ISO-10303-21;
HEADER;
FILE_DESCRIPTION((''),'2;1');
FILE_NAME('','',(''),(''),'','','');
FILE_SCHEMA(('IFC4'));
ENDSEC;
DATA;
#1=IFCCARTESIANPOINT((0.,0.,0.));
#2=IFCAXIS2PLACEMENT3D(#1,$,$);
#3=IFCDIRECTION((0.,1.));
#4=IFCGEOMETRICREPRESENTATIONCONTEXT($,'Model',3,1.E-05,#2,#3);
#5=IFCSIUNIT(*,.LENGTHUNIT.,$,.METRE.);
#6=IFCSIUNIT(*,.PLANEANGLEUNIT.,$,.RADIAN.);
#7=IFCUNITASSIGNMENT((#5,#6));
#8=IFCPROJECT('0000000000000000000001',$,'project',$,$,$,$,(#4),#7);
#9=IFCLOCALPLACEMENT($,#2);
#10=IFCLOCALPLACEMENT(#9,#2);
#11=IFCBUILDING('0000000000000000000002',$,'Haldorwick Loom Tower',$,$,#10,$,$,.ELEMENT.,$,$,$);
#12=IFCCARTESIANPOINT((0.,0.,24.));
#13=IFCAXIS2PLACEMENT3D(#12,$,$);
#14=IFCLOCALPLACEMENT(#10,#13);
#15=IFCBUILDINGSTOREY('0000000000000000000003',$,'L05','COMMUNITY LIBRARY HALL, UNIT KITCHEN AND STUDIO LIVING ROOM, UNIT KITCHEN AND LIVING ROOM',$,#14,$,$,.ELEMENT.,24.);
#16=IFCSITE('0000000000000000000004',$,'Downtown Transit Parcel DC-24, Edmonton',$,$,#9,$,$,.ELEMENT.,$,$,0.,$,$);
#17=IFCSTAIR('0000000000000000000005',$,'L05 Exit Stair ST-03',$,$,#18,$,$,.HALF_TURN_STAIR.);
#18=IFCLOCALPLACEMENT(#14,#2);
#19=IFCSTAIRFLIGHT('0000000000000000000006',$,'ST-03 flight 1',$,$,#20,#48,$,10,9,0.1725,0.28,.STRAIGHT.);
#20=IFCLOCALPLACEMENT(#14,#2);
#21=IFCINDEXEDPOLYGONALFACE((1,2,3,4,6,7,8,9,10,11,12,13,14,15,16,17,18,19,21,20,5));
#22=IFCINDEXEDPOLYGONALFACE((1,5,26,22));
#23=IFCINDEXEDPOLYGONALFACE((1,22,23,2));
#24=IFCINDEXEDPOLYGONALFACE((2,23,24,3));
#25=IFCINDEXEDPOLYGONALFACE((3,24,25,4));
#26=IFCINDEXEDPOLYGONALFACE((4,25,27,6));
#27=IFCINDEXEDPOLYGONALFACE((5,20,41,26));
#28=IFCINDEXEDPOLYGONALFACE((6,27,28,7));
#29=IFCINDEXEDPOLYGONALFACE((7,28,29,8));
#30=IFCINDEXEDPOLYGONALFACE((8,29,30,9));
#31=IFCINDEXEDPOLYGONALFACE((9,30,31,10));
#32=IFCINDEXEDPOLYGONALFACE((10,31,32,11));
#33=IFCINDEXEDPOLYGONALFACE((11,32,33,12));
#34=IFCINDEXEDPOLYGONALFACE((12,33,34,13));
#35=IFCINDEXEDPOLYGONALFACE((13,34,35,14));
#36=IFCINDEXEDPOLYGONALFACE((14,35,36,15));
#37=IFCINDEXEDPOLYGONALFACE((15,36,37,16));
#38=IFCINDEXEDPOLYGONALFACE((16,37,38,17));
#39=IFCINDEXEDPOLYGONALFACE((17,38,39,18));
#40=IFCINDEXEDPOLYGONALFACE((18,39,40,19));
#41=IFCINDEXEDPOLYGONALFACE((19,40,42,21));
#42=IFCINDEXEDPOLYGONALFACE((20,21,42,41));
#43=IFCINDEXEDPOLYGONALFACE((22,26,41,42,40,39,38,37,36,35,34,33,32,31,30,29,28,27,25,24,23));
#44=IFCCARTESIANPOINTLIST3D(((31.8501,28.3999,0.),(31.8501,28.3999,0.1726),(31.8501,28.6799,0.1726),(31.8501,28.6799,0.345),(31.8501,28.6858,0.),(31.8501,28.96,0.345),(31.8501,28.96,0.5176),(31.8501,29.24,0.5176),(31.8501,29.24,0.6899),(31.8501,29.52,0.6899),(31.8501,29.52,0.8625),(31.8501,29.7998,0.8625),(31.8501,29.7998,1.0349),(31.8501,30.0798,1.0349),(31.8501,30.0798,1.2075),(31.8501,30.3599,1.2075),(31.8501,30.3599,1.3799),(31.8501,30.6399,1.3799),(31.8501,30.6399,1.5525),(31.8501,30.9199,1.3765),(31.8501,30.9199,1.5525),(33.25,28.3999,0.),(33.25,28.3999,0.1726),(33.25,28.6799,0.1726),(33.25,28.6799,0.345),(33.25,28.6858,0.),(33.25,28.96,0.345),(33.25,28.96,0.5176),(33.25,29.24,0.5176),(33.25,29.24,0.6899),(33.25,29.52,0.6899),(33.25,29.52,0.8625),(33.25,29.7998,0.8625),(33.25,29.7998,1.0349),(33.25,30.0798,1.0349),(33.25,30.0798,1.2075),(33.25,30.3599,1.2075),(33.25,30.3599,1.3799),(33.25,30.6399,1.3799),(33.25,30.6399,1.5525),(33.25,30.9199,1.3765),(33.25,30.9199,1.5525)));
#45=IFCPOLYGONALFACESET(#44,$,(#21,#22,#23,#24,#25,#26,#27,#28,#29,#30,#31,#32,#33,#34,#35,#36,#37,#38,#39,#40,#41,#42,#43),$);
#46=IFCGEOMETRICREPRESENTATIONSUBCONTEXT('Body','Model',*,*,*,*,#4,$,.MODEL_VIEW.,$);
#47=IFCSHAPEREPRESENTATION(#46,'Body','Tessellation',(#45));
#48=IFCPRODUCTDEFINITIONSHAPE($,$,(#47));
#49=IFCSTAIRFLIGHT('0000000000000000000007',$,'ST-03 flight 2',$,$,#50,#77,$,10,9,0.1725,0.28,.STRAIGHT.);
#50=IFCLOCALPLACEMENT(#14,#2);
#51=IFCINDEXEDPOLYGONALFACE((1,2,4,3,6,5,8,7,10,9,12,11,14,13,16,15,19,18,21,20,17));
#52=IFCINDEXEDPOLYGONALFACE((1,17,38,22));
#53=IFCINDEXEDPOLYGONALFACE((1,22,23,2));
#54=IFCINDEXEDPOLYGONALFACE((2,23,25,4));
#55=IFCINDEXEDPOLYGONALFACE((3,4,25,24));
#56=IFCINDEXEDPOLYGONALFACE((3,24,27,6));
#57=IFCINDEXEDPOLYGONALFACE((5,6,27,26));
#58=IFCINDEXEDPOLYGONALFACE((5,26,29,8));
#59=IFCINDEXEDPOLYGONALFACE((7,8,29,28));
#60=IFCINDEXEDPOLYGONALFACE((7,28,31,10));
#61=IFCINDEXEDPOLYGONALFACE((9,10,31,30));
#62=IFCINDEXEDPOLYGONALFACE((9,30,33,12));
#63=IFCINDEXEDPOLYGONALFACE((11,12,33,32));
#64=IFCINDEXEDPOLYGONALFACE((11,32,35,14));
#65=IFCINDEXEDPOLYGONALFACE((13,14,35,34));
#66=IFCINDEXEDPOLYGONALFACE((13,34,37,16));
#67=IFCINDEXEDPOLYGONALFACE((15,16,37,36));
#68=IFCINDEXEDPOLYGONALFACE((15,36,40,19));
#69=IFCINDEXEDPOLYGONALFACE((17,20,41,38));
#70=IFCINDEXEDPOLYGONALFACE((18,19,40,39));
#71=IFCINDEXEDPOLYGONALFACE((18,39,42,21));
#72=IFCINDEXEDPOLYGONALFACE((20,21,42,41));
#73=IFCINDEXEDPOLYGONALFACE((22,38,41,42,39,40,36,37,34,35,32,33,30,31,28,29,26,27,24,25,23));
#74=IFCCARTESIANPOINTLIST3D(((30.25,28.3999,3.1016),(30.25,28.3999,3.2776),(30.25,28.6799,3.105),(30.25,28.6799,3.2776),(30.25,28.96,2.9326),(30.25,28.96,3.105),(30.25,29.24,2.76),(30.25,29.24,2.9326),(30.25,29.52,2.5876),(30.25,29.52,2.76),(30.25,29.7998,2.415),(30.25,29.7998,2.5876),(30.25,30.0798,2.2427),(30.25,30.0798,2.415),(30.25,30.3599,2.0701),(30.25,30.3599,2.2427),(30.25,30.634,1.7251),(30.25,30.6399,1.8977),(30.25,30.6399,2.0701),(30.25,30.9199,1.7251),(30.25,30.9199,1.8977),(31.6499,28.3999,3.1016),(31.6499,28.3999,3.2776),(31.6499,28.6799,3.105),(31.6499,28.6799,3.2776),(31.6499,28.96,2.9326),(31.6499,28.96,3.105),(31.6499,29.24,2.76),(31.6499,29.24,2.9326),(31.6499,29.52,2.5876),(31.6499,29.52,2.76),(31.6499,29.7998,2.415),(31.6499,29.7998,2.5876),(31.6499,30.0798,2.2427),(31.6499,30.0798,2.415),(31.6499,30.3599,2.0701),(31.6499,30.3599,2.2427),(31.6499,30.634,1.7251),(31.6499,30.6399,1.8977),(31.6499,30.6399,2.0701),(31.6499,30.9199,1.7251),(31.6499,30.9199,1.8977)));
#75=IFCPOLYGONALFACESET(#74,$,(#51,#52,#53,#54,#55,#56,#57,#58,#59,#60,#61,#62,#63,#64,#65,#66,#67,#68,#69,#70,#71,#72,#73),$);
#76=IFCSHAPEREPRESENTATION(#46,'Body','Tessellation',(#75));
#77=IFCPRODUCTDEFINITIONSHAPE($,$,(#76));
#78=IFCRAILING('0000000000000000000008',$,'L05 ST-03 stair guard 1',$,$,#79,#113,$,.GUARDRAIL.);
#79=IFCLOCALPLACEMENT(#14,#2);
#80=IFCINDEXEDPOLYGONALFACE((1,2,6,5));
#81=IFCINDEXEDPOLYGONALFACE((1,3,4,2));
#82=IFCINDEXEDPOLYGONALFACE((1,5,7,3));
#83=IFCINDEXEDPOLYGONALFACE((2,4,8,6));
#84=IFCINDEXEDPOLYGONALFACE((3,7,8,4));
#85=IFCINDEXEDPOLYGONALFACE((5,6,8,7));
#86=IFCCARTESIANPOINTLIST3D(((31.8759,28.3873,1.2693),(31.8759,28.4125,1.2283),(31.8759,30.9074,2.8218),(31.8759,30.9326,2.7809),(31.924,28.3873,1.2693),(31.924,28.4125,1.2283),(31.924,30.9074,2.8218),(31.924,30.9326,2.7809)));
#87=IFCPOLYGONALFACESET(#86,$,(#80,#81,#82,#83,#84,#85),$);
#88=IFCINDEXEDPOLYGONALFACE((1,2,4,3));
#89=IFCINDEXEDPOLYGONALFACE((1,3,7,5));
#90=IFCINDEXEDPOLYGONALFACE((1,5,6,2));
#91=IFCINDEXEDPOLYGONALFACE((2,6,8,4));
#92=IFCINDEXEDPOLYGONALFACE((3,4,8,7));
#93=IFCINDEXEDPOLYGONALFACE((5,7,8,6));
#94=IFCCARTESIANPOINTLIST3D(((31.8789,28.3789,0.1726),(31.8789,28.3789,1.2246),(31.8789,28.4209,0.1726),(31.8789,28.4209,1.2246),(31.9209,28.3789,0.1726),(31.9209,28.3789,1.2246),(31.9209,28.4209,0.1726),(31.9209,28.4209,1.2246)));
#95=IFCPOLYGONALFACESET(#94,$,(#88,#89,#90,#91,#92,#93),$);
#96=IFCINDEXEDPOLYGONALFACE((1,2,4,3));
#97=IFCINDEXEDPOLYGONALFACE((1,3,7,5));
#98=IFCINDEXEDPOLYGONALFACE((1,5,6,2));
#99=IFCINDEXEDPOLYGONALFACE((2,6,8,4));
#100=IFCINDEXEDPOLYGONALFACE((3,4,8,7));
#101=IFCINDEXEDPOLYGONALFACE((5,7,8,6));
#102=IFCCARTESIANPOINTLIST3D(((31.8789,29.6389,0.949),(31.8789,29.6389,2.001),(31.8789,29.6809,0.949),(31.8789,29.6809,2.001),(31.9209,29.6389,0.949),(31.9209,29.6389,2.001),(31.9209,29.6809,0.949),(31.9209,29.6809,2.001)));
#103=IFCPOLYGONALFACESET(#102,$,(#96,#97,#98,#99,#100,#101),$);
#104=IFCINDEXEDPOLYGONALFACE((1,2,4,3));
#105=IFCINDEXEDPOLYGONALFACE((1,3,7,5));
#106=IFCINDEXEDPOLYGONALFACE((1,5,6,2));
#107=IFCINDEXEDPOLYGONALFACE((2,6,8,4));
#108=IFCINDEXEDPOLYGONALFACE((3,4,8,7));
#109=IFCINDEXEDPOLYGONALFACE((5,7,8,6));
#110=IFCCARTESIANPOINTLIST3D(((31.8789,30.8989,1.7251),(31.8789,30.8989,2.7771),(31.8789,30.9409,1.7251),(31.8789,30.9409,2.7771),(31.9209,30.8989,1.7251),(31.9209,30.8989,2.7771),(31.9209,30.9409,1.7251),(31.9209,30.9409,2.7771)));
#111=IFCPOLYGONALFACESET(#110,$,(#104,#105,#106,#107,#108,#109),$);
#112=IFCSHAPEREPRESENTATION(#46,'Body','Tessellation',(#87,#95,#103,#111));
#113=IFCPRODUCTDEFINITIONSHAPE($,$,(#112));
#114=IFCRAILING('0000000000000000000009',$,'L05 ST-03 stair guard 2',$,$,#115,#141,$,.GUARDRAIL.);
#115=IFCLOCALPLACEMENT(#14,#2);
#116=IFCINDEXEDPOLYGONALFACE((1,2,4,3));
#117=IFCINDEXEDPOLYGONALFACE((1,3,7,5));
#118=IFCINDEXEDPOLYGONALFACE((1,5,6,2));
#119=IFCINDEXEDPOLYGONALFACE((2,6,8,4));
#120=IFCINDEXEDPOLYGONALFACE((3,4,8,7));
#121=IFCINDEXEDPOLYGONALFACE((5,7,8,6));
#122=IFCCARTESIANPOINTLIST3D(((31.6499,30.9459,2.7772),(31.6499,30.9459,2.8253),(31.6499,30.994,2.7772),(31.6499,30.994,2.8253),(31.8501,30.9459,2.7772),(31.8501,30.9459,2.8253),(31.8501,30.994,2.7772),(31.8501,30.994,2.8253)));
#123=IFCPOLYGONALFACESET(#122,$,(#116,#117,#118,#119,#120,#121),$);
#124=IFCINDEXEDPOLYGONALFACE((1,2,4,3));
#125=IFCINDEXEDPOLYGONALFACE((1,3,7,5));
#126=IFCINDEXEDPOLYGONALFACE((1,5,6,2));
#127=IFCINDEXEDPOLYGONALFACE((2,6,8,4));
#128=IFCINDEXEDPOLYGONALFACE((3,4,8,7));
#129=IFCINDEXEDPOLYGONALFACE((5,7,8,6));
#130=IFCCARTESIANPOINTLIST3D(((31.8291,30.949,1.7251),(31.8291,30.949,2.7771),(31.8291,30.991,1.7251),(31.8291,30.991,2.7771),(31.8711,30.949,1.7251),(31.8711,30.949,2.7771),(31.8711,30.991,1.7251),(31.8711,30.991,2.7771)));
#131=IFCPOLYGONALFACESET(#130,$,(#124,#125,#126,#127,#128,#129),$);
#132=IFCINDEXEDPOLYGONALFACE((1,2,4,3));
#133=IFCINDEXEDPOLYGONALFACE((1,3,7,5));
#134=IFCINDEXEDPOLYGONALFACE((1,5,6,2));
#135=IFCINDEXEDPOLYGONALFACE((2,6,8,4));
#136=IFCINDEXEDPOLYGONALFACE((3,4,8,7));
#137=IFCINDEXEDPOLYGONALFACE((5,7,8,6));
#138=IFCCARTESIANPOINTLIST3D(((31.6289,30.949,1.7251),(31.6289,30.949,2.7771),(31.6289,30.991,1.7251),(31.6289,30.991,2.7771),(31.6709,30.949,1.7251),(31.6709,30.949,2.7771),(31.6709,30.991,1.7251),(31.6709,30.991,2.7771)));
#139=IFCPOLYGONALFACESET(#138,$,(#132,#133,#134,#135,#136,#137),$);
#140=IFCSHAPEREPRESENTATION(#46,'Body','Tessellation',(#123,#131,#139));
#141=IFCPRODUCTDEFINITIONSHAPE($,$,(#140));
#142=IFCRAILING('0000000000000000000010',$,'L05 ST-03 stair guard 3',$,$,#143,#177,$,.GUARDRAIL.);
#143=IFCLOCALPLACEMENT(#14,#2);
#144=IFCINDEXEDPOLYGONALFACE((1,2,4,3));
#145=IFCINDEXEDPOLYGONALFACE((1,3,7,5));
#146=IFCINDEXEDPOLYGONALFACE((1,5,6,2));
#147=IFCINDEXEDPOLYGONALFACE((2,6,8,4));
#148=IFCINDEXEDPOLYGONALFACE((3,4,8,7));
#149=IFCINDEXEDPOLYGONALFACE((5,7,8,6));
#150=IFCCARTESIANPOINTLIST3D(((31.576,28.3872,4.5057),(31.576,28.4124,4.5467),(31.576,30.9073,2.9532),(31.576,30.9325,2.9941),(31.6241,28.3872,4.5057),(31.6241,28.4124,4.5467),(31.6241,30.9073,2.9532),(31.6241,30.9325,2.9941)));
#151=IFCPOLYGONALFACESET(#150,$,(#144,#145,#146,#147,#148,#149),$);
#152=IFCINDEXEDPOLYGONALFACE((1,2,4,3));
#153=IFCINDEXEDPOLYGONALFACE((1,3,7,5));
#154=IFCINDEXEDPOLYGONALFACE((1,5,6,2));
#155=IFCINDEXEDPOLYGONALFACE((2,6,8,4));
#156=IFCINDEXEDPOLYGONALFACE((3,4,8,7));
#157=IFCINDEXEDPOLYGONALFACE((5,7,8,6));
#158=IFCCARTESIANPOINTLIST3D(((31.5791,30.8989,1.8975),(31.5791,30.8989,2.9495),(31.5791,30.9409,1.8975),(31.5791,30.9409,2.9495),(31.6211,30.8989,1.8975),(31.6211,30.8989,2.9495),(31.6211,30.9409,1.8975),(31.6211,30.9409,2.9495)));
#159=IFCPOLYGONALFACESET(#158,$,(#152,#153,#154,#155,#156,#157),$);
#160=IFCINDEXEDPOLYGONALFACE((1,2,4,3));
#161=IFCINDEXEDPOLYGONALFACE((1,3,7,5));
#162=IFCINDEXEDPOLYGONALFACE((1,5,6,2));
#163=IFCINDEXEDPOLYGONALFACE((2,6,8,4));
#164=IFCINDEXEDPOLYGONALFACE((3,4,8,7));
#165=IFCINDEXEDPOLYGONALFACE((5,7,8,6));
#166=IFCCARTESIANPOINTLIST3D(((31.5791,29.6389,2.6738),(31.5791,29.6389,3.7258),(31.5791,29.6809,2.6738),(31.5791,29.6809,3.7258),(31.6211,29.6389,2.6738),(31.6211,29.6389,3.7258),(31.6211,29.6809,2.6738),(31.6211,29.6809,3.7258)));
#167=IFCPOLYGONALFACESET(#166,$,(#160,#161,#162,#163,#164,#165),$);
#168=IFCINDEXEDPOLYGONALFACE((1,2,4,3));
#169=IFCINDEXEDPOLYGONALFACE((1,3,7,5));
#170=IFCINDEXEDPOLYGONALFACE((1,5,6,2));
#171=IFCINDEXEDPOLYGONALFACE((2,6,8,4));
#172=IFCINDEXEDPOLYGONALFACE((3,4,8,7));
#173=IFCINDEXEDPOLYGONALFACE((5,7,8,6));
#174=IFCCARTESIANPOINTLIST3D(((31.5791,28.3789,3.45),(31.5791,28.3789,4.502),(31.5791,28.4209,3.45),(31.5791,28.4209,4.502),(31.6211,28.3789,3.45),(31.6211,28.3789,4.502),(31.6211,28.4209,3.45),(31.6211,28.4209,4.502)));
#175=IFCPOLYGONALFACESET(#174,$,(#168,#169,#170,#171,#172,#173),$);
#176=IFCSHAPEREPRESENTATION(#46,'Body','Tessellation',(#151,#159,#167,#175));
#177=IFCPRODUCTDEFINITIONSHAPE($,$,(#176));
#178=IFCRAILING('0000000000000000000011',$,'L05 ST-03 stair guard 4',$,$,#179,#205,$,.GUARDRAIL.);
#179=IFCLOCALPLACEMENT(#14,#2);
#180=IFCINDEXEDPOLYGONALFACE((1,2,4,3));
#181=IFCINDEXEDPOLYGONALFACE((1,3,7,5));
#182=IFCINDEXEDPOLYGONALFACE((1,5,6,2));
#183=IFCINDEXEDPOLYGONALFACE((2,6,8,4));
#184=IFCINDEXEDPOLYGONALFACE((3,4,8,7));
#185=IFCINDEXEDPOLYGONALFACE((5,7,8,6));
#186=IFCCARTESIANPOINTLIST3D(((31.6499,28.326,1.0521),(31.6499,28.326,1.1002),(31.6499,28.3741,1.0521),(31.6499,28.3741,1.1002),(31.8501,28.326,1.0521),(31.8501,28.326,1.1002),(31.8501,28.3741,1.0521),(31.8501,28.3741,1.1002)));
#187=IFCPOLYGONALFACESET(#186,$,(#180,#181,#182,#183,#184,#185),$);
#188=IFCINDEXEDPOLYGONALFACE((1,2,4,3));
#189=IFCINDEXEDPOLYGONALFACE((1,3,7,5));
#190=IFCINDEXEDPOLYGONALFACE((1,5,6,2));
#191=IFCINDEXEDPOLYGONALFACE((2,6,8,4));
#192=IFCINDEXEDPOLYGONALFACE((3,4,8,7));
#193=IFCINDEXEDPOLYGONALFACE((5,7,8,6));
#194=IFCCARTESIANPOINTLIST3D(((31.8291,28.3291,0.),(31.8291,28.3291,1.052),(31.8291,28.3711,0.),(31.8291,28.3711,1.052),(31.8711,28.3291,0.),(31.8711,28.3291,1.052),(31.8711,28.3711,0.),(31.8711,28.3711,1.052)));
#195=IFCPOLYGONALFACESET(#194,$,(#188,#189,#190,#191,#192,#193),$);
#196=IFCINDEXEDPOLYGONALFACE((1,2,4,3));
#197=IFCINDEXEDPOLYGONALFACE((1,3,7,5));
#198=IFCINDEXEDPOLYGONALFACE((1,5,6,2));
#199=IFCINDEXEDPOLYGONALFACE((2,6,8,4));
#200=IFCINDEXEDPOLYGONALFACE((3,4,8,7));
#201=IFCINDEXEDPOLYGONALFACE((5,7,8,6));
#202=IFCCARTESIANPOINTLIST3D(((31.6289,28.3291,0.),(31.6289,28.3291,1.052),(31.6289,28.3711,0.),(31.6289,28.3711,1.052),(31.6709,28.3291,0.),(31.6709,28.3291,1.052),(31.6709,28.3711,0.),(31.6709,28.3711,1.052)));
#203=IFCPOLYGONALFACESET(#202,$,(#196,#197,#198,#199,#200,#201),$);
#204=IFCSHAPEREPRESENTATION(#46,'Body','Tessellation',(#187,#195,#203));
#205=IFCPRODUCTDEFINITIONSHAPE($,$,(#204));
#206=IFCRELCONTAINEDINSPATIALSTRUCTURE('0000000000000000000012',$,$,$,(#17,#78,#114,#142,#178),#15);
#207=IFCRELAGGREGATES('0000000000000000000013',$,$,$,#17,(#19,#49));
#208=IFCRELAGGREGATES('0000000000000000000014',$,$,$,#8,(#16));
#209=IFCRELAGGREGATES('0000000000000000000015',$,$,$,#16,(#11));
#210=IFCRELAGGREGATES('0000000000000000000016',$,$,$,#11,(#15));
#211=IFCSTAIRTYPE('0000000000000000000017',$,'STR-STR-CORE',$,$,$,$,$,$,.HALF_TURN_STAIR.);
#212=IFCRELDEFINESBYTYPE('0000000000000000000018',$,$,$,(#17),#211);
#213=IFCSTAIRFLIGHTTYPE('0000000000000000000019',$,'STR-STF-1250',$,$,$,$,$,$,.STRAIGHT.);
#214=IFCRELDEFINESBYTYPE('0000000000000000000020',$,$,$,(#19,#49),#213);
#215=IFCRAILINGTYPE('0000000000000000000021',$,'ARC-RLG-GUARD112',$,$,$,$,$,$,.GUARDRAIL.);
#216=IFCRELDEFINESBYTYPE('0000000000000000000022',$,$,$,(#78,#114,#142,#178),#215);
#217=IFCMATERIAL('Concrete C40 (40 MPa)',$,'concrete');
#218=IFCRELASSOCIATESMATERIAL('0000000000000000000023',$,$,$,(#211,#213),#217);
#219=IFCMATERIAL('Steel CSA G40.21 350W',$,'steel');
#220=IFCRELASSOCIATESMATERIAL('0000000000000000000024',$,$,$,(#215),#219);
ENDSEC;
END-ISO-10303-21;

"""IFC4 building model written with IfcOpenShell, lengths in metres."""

from ifc_helpers import new_model, si_unit, direction, frame, origin, origin_2d, place, context, subcontext, project, spatial, polyline, rectangle, outline, extrude, material, type_object, element, aggregate, save


model = new_model("IFC4")

# Units and contexts
model_context = context("Model", 3, precision=1e-05, world=origin(), true_north=direction((0.0, 1.0)))
body_context = subcontext(model_context, "Body", "Model", "MODEL_VIEW")
ifc_project = project(units=[si_unit("LENGTHUNIT", "METRE"), si_unit("PLANEANGLEUNIT", "RADIAN")], contexts=[model_context])

# Site, building, storey
site_placement = place(None, origin())
site = spatial("IfcSite", under=ifc_project, at=site_placement, Name="Downtown Transit Parcel DC-24, Edmonton", CompositionType="ELEMENT", RefElevation=0.0)
building_placement = place(site_placement, origin())
building = spatial("IfcBuilding", under=site, at=building_placement, Name="Haldorwick Loom Tower", CompositionType="ELEMENT")
storey_placement = place(building_placement, frame((0.0, 0.0, 24.0)))
storey = spatial("IfcBuildingStorey", under=building, at=storey_placement, Name="L05", Description="COMMUNITY LIBRARY HALL, UNIT KITCHEN AND STUDIO LIVING ROOM, UNIT KITCHEN AND LIVING ROOM", CompositionType="ELEMENT", Elevation=24.0)

# Stair, stair flights
ifc_material_1 = material(Name="Concrete C40 (40 MPa)", Category="concrete")
stair_type = type_object("IfcStairType", Name="STR-STR-CORE", PredefinedType="HALF_TURN_STAIR", material=ifc_material_1)
stair_placement = place(storey_placement, origin())
stair = element("IfcStair", 1, at=stair_placement, inside=storey, type_object=stair_type, Name="L05 Exit Stair ST-03", PredefinedType="HALF_TURN_STAIR")
stair_flight_type = type_object("IfcStairFlightType", Name="STR-STF-1250", PredefinedType="STRAIGHT", material=ifc_material_1)
stair_flight_1_placement = place(storey_placement, frame((32.55, 28.3999, 0.0), z_axis=(0.0, 0.0, 1.0), x_axis=(0.0, 1.0, 0.0)))
stair_flight_1 = element("IfcStairFlight", 2, at=stair_flight_1_placement, type_object=stair_flight_type, Name="ST-03 flight 1", NumberOfRisers=10, NumberOfTreads=9, PredefinedType="STRAIGHT", RiserHeight=0.1725, TreadLength=0.28, context=body_context, shape_type="SweptSolid", body=[
    extrude(outline(polyline([(0.0, 0.0), (0.0, 0.1726), (0.28, 0.1726), (0.28, 0.345), (0.5601, 0.345), (0.5601, 0.5176), (0.8401, 0.5176), (0.8401, 0.6899), (1.1201, 0.6899), (1.1201, 0.8625), (1.3999, 0.8625), (1.3999, 1.0349), (1.6799, 1.0349), (1.6799, 1.2075), (1.96, 1.2075), (1.96, 1.3799), (2.24, 1.3799), (2.24, 1.5525), (2.52, 1.5525), (2.52, 1.7251), (2.52, 1.3765), (0.2859, 0.0), (0.0, 0.0)])), frame((0.0, 0.7, 0.0), z_axis=(0.0, -1.0, 0.0), x_axis=(1.0, 0.0, 0.0)), (0.0, 0.0, 1.0), 1.3999),
])
stair_flight_2_placement = place(storey_placement, frame((30.95, 30.9199, 1.7251), z_axis=(0.0, 0.0, 1.0), x_axis=(0.0, -1.0, 0.0)))
stair_flight_2 = element("IfcStairFlight", 3, at=stair_flight_2_placement, type_object=stair_flight_type, Name="ST-03 flight 2", NumberOfRisers=10, NumberOfTreads=9, PredefinedType="STRAIGHT", RiserHeight=0.1725, TreadLength=0.28, context=body_context, shape_type="SweptSolid", body=[
    extrude(outline(polyline([(0.0, 0.0), (0.0, 0.1726), (0.28, 0.1726), (0.28, 0.345), (0.5601, 0.345), (0.5601, 0.5176), (0.8401, 0.5176), (0.8401, 0.6899), (1.1201, 0.6899), (1.1201, 0.8625), (1.3999, 0.8625), (1.3999, 1.0349), (1.6799, 1.0349), (1.6799, 1.2075), (1.96, 1.2075), (1.96, 1.3799), (2.24, 1.3799), (2.24, 1.5525), (2.52, 1.5525), (2.52, 1.7251), (2.52, 1.3765), (0.2859, 0.0), (0.0, 0.0)])), frame((0.0, 0.7, 0.0), z_axis=(0.0, -1.0, 0.0), x_axis=(1.0, 0.0, 0.0)), (0.0, 0.0, 1.0), 1.3999),
])
aggregate(stair, [stair_flight_1, stair_flight_2])

# Railings
ifc_material_2 = material(Name="Steel CSA G40.21 350W", Category="steel")
railing_type_1 = type_object("IfcRailingType", Name="ARC-RLG-GUARD112", PredefinedType="GUARDRAIL", material=ifc_material_2)
railing_1_placement = place(storey_placement, frame((31.8999, 28.3999, 0.1726)))
element("IfcRailing", 4, at=railing_1_placement, inside=storey, type_object=railing_type_1, Name="L05 ST-03 stair guard 1", PredefinedType="GUARDRAIL", context=body_context, shape_type="SweptSolid", body=[
    extrude(rectangle(XDim=0.0481, YDim=0.0481, at=origin_2d()), frame((0.0, 0.0, 1.0762), z_axis=(0.0, 0.8514, 0.524516), x_axis=(-1.0, 0.0, 0.0)), (0.0, 0.0, 1.0), 2.96),
    extrude(rectangle(XDim=0.042, YDim=0.042, at=origin_2d()), origin(), (0.0, 0.0, 1.0), 1.052),
    extrude(rectangle(XDim=0.042, YDim=0.042, at=origin_2d()), frame((0.0, 1.26, 0.7764)), (0.0, 0.0, 1.0), 1.052),
    extrude(rectangle(XDim=0.042, YDim=0.042, at=origin_2d()), frame((0.0, 2.52, 1.5525)), (0.0, 0.0, 1.0), 1.052),
])
railing_2_placement = place(storey_placement, frame((31.8501, 30.97, 1.7251)))
element("IfcRailing", 5, at=railing_2_placement, inside=storey, type_object=railing_type_1, Name="L05 ST-03 stair guard 2", PredefinedType="GUARDRAIL", context=body_context, shape_type="SweptSolid", body=[
    extrude(rectangle(XDim=0.0481, YDim=0.0481, at=origin_2d()), frame((0.0, 0.0, 1.0762), z_axis=(-1.0, 0.0, 0.0), x_axis=(0.0, -1.0, 0.0)), (0.0, 0.0, 1.0), 0.2002),
    extrude(rectangle(XDim=0.042, YDim=0.042, at=origin_2d()), origin(), (0.0, 0.0, 1.0), 1.052),
    extrude(rectangle(XDim=0.042, YDim=0.042, at=origin_2d()), frame((-0.2002, 0.0, 0.0)), (0.0, 0.0, 1.0), 1.052),
])
railing_3_placement = place(storey_placement, frame((31.6001, 30.9199, 1.8975)))
element("IfcRailing", 6, at=railing_3_placement, inside=storey, type_object=railing_type_1, Name="L05 ST-03 stair guard 3", PredefinedType="GUARDRAIL", context=body_context, shape_type="SweptSolid", body=[
    extrude(rectangle(XDim=0.0481, YDim=0.0481, at=origin_2d()), frame((0.0, 0.0, 1.0762), z_axis=(0.0, -0.8514, 0.524516), x_axis=(1.0, 0.0, 0.0)), (0.0, 0.0, 1.0), 2.96),
    extrude(rectangle(XDim=0.042, YDim=0.042, at=origin_2d()), origin(), (0.0, 0.0, 1.0), 1.052),
    extrude(rectangle(XDim=0.042, YDim=0.042, at=origin_2d()), frame((0.0, -1.26, 0.7764)), (0.0, 0.0, 1.0), 1.052),
    extrude(rectangle(XDim=0.042, YDim=0.042, at=origin_2d()), frame((0.0, -2.52, 1.5525)), (0.0, 0.0, 1.0), 1.052),
])
railing_4_placement = place(storey_placement, frame((31.8501, 28.3501, 0.0)))
element("IfcRailing", 7, at=railing_4_placement, inside=storey, type_object=railing_type_1, Name="L05 ST-03 stair guard 4", PredefinedType="GUARDRAIL", context=body_context, shape_type="SweptSolid", body=[
    extrude(rectangle(XDim=0.0481, YDim=0.0481, at=origin_2d()), frame((0.0, 0.0, 1.0762), z_axis=(-1.0, 0.0, 0.0), x_axis=(0.0, -1.0, 0.0)), (0.0, 0.0, 1.0), 0.2002),
    extrude(rectangle(XDim=0.042, YDim=0.042, at=origin_2d()), origin(), (0.0, 0.0, 1.0), 1.052),
    extrude(rectangle(XDim=0.042, YDim=0.042, at=origin_2d()), frame((-0.2002, 0.0, 0.0)), (0.0, 0.0, 1.0), 1.052),
])

save(model, "model.ifc")
